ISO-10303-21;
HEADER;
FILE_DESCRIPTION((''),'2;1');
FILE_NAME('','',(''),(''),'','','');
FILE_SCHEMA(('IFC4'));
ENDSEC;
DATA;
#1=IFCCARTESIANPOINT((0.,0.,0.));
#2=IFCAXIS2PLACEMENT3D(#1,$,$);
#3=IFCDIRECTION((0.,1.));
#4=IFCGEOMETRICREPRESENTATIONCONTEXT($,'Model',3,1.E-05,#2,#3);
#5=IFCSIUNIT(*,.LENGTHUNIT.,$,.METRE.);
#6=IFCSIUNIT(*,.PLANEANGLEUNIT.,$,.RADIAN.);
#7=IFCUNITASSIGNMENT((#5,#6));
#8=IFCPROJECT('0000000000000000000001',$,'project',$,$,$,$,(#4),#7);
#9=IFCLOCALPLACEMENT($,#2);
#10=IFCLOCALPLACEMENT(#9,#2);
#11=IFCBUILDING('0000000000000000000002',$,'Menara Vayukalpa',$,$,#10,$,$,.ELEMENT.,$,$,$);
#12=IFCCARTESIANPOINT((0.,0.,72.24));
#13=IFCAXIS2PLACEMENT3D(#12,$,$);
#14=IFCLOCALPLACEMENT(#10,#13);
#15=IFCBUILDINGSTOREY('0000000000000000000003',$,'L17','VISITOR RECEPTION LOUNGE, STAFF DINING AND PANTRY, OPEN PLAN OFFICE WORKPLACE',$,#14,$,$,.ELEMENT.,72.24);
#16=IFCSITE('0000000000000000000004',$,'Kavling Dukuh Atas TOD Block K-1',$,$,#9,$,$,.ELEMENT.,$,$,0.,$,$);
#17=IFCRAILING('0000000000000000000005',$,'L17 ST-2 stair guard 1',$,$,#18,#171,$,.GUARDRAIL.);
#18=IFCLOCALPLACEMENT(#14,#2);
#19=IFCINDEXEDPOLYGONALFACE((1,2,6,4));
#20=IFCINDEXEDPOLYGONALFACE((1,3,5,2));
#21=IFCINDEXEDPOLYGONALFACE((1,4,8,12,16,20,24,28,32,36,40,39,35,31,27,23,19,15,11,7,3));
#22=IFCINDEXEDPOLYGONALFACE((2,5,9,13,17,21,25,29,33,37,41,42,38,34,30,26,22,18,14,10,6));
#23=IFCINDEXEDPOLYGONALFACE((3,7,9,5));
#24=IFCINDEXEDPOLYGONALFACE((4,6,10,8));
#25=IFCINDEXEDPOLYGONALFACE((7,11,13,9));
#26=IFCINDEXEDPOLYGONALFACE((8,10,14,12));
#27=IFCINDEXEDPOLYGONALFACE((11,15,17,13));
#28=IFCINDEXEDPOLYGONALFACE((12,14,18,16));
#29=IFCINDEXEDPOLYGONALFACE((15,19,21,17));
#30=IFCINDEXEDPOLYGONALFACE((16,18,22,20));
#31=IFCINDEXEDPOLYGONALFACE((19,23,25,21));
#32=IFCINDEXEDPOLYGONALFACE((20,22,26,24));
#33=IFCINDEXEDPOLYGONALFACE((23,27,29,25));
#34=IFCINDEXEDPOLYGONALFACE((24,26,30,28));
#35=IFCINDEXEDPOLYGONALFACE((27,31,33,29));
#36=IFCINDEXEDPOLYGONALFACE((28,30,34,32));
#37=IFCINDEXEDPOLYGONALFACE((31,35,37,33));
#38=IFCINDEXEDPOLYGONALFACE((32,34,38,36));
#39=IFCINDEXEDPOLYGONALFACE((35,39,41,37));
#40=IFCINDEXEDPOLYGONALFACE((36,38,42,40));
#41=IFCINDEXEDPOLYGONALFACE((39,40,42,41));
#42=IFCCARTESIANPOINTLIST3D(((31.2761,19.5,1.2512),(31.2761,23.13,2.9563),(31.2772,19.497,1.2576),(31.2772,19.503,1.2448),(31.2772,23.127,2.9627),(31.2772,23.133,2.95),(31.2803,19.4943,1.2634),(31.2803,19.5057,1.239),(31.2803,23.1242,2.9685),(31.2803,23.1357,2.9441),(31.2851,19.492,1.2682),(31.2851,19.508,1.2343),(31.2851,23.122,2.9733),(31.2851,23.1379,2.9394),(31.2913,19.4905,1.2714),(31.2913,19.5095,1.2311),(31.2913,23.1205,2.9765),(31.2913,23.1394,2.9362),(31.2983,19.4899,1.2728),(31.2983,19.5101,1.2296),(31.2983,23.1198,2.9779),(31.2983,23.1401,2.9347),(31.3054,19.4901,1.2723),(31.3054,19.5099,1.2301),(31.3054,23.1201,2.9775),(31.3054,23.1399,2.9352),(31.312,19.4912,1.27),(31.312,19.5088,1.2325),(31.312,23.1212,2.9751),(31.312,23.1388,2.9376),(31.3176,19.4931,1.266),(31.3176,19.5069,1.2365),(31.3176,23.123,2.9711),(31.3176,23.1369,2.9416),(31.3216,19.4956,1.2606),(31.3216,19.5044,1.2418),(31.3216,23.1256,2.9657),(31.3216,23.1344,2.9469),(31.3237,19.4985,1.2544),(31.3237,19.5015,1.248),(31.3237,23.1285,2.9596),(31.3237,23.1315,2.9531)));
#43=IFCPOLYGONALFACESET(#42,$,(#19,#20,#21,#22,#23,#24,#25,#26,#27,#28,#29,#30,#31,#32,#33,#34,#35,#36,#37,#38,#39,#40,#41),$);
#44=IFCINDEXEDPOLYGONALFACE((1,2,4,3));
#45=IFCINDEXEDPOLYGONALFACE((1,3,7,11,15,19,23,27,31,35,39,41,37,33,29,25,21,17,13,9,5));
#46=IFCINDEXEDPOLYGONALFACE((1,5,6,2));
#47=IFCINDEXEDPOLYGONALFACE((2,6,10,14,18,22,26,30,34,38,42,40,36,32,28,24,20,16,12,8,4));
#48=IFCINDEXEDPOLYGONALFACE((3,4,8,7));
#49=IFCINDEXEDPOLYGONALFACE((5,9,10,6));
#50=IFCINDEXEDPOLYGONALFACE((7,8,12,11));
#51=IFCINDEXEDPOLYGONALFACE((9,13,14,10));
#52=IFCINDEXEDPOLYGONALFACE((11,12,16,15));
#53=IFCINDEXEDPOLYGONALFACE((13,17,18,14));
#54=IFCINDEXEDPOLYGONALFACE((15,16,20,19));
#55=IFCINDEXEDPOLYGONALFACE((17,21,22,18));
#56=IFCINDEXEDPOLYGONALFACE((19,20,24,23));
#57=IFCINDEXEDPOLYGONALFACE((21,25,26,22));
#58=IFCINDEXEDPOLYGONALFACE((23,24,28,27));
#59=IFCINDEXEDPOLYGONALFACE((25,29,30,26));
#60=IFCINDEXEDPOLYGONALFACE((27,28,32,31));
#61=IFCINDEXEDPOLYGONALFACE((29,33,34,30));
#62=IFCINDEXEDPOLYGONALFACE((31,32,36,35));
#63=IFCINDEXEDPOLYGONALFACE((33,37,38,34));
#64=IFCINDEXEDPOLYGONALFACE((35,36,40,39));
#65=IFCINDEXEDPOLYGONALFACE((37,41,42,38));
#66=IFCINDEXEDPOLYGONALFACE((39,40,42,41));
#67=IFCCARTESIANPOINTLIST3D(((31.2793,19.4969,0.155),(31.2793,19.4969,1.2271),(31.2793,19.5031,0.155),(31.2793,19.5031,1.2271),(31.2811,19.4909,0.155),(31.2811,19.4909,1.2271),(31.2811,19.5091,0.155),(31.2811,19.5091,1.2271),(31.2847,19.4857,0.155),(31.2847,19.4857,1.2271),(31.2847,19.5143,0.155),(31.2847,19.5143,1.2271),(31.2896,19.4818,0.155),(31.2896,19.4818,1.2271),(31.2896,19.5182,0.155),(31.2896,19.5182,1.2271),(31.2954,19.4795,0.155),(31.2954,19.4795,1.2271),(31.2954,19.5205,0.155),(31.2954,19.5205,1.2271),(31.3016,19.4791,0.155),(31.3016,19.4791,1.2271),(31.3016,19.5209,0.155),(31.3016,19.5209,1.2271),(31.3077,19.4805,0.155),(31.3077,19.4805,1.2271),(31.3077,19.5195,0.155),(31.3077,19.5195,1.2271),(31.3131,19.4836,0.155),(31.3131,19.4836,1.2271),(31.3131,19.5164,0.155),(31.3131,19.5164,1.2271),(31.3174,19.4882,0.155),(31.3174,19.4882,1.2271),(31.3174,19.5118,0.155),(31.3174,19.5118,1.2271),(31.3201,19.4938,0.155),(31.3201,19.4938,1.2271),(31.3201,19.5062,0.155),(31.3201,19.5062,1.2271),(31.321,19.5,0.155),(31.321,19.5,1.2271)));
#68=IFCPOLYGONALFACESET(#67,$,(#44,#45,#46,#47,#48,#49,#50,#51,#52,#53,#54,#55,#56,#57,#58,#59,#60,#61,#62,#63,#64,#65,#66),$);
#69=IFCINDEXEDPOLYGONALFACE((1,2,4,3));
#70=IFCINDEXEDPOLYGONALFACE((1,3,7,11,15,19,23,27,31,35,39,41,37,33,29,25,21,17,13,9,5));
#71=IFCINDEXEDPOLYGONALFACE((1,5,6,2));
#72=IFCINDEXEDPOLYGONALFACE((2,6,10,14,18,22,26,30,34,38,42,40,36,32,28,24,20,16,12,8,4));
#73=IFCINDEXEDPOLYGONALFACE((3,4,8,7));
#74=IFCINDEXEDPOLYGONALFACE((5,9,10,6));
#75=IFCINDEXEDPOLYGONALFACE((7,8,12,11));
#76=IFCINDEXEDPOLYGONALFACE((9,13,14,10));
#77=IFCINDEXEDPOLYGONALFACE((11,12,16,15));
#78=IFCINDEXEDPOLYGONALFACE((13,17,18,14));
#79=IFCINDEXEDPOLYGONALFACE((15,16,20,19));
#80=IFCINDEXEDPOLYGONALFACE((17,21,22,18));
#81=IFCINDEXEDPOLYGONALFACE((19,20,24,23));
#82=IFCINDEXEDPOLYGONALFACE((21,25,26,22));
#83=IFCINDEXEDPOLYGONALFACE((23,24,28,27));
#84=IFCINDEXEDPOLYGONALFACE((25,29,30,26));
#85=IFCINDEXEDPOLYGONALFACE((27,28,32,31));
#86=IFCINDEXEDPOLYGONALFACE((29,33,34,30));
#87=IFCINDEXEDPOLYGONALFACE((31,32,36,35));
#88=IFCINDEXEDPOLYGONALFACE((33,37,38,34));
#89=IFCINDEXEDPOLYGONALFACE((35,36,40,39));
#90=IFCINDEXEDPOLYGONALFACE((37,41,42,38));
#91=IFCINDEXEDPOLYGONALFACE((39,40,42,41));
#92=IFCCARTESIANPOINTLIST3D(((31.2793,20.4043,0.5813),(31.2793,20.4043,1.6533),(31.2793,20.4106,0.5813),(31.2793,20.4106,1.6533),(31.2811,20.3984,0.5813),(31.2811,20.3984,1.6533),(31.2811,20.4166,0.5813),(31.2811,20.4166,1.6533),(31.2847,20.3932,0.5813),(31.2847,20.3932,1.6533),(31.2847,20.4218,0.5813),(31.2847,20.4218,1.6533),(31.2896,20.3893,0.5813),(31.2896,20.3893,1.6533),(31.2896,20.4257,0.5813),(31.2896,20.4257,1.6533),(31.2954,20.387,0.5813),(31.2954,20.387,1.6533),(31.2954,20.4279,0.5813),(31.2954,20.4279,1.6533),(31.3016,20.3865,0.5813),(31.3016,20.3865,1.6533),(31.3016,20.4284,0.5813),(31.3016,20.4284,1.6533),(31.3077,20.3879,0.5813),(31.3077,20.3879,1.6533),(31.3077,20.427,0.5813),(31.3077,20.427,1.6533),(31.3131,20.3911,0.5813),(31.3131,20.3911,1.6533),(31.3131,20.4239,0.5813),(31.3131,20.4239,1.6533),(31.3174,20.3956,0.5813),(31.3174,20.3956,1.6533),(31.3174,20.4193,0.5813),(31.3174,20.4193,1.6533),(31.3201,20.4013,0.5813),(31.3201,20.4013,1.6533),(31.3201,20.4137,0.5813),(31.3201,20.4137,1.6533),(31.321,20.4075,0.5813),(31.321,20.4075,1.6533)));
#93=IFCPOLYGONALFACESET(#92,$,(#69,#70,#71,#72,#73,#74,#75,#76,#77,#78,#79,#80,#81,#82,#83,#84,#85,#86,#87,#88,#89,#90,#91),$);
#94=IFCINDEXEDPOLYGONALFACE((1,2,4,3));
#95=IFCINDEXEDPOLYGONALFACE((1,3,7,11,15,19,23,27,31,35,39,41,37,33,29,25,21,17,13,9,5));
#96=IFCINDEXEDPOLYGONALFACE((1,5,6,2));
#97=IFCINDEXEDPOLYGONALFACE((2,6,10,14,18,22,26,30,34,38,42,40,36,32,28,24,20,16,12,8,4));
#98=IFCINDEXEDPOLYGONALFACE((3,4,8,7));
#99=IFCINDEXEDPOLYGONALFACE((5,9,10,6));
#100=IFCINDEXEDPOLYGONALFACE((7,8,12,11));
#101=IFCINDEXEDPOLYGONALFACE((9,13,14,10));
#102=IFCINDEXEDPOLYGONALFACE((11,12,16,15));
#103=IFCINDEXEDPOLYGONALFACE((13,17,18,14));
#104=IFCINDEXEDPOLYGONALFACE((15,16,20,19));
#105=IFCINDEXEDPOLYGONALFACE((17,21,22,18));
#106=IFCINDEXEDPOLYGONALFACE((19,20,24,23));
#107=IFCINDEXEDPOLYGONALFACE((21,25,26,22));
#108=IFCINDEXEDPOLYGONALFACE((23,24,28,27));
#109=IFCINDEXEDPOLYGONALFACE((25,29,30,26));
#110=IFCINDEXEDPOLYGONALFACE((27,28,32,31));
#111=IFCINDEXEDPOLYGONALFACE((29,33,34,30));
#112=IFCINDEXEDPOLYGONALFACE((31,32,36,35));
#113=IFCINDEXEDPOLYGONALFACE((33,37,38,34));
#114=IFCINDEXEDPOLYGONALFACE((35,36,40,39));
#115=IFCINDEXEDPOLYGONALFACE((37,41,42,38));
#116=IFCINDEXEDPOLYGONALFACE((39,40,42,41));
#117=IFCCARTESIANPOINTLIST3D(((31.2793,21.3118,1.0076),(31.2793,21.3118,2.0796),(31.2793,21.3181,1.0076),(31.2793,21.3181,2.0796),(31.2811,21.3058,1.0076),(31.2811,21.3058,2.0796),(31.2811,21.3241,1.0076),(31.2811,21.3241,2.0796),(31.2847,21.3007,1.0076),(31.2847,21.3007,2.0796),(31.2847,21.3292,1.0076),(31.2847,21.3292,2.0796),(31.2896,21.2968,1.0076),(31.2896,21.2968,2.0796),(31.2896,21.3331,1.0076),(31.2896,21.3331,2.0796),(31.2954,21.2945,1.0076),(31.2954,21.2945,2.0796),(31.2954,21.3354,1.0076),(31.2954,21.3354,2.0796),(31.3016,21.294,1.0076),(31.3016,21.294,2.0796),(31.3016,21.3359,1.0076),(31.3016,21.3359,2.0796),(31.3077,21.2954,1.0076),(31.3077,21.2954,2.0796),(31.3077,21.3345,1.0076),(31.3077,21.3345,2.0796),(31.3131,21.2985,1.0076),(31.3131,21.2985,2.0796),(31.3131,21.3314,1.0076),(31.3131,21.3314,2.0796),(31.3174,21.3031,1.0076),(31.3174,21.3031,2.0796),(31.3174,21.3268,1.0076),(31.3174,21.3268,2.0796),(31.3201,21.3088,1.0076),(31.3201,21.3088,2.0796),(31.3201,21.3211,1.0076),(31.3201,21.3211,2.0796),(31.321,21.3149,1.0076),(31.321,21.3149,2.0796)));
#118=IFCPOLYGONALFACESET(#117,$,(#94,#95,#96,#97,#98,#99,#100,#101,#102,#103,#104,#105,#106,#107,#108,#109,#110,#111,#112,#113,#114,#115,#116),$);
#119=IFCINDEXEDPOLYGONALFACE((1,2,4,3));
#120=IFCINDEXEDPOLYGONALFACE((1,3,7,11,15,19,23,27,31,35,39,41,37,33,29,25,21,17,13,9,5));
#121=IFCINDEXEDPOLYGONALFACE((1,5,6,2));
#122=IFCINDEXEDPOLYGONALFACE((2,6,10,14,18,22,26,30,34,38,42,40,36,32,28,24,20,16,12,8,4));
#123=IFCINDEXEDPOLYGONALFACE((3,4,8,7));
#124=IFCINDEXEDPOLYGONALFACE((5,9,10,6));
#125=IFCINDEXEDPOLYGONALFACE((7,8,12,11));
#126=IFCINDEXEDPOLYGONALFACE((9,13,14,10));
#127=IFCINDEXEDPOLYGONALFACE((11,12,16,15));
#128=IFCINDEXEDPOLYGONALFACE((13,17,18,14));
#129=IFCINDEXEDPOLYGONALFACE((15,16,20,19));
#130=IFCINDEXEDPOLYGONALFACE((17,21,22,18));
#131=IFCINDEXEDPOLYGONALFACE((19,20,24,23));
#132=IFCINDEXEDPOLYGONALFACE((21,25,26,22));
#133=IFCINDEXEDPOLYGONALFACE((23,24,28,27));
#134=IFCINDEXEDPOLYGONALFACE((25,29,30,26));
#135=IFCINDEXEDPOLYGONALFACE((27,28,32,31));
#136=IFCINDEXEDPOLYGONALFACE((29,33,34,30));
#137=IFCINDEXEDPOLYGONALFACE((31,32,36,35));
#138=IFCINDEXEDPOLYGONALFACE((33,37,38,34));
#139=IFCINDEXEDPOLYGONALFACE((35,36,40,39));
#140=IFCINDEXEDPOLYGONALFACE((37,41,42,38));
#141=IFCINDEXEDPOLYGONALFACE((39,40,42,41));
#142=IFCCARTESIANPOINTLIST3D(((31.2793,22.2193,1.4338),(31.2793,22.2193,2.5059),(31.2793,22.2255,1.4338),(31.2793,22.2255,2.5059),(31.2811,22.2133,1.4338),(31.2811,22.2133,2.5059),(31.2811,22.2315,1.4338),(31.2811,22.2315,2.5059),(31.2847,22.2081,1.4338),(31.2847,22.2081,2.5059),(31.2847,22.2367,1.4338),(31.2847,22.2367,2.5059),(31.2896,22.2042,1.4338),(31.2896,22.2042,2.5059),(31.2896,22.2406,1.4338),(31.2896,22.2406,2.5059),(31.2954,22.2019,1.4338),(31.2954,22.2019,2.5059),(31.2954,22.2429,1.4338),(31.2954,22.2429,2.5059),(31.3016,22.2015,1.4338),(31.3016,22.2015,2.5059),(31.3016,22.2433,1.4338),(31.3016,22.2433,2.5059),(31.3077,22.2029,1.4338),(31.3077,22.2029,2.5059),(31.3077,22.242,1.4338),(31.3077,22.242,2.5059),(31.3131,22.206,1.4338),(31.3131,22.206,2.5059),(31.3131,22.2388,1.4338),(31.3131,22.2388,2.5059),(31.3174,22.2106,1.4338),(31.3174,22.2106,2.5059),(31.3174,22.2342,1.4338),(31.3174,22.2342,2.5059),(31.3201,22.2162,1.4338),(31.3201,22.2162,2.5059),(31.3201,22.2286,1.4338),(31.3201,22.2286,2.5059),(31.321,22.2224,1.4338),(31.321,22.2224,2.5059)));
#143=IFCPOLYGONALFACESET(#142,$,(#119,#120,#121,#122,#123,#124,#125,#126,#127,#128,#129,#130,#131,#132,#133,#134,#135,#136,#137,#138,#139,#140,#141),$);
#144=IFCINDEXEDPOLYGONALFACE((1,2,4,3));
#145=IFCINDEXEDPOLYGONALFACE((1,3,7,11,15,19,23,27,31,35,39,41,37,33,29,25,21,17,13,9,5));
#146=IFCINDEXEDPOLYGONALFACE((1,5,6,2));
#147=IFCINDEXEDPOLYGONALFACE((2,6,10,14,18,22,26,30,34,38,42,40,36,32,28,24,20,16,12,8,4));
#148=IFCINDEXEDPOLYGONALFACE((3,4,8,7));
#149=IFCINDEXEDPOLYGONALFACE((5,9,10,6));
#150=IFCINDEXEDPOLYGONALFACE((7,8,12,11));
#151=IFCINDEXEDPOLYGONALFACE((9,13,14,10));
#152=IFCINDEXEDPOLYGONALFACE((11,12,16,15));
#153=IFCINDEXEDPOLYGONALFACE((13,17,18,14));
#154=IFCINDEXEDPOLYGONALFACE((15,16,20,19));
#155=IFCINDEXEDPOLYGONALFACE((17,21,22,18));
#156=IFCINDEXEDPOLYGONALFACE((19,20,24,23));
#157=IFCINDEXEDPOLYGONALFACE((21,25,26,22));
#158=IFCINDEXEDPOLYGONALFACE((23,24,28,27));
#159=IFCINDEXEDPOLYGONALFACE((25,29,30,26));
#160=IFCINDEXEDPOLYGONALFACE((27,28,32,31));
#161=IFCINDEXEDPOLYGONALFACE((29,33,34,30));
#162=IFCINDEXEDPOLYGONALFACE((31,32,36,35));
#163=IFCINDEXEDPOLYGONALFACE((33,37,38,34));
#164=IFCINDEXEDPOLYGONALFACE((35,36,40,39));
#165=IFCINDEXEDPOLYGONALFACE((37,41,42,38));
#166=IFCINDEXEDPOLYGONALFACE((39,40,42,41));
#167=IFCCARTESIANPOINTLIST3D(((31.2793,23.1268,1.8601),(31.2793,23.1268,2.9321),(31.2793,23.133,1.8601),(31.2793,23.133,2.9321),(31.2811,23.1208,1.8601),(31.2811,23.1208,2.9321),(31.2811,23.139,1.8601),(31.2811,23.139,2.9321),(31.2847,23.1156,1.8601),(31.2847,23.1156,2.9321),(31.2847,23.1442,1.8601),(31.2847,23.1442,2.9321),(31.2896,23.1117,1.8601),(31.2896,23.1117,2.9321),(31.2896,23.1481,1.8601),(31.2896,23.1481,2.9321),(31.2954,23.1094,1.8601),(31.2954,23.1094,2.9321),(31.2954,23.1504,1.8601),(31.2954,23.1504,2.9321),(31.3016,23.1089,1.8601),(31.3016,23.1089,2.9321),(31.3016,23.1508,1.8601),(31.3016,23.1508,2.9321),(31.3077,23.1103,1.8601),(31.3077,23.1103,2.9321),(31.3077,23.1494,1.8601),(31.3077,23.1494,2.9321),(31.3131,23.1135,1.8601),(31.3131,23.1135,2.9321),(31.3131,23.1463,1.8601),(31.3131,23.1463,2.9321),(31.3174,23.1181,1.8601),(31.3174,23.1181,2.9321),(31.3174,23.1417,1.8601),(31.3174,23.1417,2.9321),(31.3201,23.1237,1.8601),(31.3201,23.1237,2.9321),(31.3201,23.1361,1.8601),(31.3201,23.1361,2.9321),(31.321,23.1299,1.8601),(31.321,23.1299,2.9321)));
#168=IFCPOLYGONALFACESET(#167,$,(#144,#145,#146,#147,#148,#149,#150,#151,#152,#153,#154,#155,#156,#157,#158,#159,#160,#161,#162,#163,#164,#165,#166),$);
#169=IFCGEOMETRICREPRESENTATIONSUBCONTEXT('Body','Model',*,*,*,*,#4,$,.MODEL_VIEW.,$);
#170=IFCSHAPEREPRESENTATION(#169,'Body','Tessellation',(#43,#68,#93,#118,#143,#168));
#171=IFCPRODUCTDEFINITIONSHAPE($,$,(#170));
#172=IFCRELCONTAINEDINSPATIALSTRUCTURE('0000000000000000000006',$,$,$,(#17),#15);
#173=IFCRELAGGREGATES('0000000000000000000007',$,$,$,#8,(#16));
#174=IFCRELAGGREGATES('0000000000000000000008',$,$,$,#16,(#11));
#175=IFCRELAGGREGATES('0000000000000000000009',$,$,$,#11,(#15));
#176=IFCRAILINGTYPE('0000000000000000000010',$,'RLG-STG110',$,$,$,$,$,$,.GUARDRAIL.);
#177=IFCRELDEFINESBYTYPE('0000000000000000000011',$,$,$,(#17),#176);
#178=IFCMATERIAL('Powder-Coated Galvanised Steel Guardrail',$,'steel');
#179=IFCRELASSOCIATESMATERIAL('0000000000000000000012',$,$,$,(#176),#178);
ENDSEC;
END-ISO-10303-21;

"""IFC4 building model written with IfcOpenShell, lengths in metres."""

from ifc_helpers import new_model, si_unit, direction, frame, origin, origin_2d, place, context, subcontext, project, spatial, circle, extrude, material, type_object, element, save


model = new_model("IFC4")

# Units and contexts
model_context = context("Model", 3, precision=1e-05, world=origin(), true_north=direction((0.0, 1.0)))
body_context = subcontext(model_context, "Body", "Model", "MODEL_VIEW")
ifc_project = project(units=[si_unit("LENGTHUNIT", "METRE"), si_unit("PLANEANGLEUNIT", "RADIAN")], contexts=[model_context])

# Site, building, storey
site_placement = place(None, origin())
site = spatial("IfcSite", under=ifc_project, at=site_placement, Name="Kavling Dukuh Atas TOD Block K-1", CompositionType="ELEMENT", RefElevation=0.0)
building_placement = place(site_placement, origin())
building = spatial("IfcBuilding", under=site, at=building_placement, Name="Menara Vayukalpa", CompositionType="ELEMENT")
storey_placement = place(building_placement, frame((0.0, 0.0, 72.24)))
storey = spatial("IfcBuildingStorey", under=building, at=storey_placement, Name="L17", Description="VISITOR RECEPTION LOUNGE, STAFF DINING AND PANTRY, OPEN PLAN OFFICE WORKPLACE", CompositionType="ELEMENT", Elevation=72.24)

# Railing
ifc_material_1 = material(Name="Powder-Coated Galvanised Steel Guardrail", Category="steel")
railing_type_1 = type_object("IfcRailingType", Name="RLG-STG110", PredefinedType="GUARDRAIL", material=ifc_material_1)
railing_1_placement = place(storey_placement, frame((31.3, 19.5, 0.155)))
element("IfcRailing", 1, at=railing_1_placement, inside=storey, type_object=railing_type_1, Name="L17 ST-2 stair guard 1", PredefinedType="GUARDRAIL", context=body_context, shape_type="SweptSolid", body=[
    extrude(circle(Radius=0.0239, at=origin_2d()), frame((0.0, 0.0, 1.0962), z_axis=(0.0, 0.905116, 0.425164), x_axis=(-1.0, 0.0, 0.0)), (0.0, 0.0, 1.0), 4.0105),
    extrude(circle(Radius=0.021, at=origin_2d()), origin(), (0.0, 0.0, 1.0), 1.072),
    extrude(circle(Radius=0.021, at=origin_2d()), frame((0.0, 0.9075, 0.4263)), (0.0, 0.0, 1.0), 1.072),
    extrude(circle(Radius=0.021, at=origin_2d()), frame((0.0, 1.8149, 0.8525)), (0.0, 0.0, 1.0), 1.072),
    extrude(circle(Radius=0.021, at=origin_2d()), frame((0.0, 2.7224, 1.2788)), (0.0, 0.0, 1.0), 1.072),
    extrude(circle(Radius=0.021, at=origin_2d()), frame((0.0, 3.6299, 1.7051)), (0.0, 0.0, 1.0), 1.072),
])

save(model, "model.ifc")
